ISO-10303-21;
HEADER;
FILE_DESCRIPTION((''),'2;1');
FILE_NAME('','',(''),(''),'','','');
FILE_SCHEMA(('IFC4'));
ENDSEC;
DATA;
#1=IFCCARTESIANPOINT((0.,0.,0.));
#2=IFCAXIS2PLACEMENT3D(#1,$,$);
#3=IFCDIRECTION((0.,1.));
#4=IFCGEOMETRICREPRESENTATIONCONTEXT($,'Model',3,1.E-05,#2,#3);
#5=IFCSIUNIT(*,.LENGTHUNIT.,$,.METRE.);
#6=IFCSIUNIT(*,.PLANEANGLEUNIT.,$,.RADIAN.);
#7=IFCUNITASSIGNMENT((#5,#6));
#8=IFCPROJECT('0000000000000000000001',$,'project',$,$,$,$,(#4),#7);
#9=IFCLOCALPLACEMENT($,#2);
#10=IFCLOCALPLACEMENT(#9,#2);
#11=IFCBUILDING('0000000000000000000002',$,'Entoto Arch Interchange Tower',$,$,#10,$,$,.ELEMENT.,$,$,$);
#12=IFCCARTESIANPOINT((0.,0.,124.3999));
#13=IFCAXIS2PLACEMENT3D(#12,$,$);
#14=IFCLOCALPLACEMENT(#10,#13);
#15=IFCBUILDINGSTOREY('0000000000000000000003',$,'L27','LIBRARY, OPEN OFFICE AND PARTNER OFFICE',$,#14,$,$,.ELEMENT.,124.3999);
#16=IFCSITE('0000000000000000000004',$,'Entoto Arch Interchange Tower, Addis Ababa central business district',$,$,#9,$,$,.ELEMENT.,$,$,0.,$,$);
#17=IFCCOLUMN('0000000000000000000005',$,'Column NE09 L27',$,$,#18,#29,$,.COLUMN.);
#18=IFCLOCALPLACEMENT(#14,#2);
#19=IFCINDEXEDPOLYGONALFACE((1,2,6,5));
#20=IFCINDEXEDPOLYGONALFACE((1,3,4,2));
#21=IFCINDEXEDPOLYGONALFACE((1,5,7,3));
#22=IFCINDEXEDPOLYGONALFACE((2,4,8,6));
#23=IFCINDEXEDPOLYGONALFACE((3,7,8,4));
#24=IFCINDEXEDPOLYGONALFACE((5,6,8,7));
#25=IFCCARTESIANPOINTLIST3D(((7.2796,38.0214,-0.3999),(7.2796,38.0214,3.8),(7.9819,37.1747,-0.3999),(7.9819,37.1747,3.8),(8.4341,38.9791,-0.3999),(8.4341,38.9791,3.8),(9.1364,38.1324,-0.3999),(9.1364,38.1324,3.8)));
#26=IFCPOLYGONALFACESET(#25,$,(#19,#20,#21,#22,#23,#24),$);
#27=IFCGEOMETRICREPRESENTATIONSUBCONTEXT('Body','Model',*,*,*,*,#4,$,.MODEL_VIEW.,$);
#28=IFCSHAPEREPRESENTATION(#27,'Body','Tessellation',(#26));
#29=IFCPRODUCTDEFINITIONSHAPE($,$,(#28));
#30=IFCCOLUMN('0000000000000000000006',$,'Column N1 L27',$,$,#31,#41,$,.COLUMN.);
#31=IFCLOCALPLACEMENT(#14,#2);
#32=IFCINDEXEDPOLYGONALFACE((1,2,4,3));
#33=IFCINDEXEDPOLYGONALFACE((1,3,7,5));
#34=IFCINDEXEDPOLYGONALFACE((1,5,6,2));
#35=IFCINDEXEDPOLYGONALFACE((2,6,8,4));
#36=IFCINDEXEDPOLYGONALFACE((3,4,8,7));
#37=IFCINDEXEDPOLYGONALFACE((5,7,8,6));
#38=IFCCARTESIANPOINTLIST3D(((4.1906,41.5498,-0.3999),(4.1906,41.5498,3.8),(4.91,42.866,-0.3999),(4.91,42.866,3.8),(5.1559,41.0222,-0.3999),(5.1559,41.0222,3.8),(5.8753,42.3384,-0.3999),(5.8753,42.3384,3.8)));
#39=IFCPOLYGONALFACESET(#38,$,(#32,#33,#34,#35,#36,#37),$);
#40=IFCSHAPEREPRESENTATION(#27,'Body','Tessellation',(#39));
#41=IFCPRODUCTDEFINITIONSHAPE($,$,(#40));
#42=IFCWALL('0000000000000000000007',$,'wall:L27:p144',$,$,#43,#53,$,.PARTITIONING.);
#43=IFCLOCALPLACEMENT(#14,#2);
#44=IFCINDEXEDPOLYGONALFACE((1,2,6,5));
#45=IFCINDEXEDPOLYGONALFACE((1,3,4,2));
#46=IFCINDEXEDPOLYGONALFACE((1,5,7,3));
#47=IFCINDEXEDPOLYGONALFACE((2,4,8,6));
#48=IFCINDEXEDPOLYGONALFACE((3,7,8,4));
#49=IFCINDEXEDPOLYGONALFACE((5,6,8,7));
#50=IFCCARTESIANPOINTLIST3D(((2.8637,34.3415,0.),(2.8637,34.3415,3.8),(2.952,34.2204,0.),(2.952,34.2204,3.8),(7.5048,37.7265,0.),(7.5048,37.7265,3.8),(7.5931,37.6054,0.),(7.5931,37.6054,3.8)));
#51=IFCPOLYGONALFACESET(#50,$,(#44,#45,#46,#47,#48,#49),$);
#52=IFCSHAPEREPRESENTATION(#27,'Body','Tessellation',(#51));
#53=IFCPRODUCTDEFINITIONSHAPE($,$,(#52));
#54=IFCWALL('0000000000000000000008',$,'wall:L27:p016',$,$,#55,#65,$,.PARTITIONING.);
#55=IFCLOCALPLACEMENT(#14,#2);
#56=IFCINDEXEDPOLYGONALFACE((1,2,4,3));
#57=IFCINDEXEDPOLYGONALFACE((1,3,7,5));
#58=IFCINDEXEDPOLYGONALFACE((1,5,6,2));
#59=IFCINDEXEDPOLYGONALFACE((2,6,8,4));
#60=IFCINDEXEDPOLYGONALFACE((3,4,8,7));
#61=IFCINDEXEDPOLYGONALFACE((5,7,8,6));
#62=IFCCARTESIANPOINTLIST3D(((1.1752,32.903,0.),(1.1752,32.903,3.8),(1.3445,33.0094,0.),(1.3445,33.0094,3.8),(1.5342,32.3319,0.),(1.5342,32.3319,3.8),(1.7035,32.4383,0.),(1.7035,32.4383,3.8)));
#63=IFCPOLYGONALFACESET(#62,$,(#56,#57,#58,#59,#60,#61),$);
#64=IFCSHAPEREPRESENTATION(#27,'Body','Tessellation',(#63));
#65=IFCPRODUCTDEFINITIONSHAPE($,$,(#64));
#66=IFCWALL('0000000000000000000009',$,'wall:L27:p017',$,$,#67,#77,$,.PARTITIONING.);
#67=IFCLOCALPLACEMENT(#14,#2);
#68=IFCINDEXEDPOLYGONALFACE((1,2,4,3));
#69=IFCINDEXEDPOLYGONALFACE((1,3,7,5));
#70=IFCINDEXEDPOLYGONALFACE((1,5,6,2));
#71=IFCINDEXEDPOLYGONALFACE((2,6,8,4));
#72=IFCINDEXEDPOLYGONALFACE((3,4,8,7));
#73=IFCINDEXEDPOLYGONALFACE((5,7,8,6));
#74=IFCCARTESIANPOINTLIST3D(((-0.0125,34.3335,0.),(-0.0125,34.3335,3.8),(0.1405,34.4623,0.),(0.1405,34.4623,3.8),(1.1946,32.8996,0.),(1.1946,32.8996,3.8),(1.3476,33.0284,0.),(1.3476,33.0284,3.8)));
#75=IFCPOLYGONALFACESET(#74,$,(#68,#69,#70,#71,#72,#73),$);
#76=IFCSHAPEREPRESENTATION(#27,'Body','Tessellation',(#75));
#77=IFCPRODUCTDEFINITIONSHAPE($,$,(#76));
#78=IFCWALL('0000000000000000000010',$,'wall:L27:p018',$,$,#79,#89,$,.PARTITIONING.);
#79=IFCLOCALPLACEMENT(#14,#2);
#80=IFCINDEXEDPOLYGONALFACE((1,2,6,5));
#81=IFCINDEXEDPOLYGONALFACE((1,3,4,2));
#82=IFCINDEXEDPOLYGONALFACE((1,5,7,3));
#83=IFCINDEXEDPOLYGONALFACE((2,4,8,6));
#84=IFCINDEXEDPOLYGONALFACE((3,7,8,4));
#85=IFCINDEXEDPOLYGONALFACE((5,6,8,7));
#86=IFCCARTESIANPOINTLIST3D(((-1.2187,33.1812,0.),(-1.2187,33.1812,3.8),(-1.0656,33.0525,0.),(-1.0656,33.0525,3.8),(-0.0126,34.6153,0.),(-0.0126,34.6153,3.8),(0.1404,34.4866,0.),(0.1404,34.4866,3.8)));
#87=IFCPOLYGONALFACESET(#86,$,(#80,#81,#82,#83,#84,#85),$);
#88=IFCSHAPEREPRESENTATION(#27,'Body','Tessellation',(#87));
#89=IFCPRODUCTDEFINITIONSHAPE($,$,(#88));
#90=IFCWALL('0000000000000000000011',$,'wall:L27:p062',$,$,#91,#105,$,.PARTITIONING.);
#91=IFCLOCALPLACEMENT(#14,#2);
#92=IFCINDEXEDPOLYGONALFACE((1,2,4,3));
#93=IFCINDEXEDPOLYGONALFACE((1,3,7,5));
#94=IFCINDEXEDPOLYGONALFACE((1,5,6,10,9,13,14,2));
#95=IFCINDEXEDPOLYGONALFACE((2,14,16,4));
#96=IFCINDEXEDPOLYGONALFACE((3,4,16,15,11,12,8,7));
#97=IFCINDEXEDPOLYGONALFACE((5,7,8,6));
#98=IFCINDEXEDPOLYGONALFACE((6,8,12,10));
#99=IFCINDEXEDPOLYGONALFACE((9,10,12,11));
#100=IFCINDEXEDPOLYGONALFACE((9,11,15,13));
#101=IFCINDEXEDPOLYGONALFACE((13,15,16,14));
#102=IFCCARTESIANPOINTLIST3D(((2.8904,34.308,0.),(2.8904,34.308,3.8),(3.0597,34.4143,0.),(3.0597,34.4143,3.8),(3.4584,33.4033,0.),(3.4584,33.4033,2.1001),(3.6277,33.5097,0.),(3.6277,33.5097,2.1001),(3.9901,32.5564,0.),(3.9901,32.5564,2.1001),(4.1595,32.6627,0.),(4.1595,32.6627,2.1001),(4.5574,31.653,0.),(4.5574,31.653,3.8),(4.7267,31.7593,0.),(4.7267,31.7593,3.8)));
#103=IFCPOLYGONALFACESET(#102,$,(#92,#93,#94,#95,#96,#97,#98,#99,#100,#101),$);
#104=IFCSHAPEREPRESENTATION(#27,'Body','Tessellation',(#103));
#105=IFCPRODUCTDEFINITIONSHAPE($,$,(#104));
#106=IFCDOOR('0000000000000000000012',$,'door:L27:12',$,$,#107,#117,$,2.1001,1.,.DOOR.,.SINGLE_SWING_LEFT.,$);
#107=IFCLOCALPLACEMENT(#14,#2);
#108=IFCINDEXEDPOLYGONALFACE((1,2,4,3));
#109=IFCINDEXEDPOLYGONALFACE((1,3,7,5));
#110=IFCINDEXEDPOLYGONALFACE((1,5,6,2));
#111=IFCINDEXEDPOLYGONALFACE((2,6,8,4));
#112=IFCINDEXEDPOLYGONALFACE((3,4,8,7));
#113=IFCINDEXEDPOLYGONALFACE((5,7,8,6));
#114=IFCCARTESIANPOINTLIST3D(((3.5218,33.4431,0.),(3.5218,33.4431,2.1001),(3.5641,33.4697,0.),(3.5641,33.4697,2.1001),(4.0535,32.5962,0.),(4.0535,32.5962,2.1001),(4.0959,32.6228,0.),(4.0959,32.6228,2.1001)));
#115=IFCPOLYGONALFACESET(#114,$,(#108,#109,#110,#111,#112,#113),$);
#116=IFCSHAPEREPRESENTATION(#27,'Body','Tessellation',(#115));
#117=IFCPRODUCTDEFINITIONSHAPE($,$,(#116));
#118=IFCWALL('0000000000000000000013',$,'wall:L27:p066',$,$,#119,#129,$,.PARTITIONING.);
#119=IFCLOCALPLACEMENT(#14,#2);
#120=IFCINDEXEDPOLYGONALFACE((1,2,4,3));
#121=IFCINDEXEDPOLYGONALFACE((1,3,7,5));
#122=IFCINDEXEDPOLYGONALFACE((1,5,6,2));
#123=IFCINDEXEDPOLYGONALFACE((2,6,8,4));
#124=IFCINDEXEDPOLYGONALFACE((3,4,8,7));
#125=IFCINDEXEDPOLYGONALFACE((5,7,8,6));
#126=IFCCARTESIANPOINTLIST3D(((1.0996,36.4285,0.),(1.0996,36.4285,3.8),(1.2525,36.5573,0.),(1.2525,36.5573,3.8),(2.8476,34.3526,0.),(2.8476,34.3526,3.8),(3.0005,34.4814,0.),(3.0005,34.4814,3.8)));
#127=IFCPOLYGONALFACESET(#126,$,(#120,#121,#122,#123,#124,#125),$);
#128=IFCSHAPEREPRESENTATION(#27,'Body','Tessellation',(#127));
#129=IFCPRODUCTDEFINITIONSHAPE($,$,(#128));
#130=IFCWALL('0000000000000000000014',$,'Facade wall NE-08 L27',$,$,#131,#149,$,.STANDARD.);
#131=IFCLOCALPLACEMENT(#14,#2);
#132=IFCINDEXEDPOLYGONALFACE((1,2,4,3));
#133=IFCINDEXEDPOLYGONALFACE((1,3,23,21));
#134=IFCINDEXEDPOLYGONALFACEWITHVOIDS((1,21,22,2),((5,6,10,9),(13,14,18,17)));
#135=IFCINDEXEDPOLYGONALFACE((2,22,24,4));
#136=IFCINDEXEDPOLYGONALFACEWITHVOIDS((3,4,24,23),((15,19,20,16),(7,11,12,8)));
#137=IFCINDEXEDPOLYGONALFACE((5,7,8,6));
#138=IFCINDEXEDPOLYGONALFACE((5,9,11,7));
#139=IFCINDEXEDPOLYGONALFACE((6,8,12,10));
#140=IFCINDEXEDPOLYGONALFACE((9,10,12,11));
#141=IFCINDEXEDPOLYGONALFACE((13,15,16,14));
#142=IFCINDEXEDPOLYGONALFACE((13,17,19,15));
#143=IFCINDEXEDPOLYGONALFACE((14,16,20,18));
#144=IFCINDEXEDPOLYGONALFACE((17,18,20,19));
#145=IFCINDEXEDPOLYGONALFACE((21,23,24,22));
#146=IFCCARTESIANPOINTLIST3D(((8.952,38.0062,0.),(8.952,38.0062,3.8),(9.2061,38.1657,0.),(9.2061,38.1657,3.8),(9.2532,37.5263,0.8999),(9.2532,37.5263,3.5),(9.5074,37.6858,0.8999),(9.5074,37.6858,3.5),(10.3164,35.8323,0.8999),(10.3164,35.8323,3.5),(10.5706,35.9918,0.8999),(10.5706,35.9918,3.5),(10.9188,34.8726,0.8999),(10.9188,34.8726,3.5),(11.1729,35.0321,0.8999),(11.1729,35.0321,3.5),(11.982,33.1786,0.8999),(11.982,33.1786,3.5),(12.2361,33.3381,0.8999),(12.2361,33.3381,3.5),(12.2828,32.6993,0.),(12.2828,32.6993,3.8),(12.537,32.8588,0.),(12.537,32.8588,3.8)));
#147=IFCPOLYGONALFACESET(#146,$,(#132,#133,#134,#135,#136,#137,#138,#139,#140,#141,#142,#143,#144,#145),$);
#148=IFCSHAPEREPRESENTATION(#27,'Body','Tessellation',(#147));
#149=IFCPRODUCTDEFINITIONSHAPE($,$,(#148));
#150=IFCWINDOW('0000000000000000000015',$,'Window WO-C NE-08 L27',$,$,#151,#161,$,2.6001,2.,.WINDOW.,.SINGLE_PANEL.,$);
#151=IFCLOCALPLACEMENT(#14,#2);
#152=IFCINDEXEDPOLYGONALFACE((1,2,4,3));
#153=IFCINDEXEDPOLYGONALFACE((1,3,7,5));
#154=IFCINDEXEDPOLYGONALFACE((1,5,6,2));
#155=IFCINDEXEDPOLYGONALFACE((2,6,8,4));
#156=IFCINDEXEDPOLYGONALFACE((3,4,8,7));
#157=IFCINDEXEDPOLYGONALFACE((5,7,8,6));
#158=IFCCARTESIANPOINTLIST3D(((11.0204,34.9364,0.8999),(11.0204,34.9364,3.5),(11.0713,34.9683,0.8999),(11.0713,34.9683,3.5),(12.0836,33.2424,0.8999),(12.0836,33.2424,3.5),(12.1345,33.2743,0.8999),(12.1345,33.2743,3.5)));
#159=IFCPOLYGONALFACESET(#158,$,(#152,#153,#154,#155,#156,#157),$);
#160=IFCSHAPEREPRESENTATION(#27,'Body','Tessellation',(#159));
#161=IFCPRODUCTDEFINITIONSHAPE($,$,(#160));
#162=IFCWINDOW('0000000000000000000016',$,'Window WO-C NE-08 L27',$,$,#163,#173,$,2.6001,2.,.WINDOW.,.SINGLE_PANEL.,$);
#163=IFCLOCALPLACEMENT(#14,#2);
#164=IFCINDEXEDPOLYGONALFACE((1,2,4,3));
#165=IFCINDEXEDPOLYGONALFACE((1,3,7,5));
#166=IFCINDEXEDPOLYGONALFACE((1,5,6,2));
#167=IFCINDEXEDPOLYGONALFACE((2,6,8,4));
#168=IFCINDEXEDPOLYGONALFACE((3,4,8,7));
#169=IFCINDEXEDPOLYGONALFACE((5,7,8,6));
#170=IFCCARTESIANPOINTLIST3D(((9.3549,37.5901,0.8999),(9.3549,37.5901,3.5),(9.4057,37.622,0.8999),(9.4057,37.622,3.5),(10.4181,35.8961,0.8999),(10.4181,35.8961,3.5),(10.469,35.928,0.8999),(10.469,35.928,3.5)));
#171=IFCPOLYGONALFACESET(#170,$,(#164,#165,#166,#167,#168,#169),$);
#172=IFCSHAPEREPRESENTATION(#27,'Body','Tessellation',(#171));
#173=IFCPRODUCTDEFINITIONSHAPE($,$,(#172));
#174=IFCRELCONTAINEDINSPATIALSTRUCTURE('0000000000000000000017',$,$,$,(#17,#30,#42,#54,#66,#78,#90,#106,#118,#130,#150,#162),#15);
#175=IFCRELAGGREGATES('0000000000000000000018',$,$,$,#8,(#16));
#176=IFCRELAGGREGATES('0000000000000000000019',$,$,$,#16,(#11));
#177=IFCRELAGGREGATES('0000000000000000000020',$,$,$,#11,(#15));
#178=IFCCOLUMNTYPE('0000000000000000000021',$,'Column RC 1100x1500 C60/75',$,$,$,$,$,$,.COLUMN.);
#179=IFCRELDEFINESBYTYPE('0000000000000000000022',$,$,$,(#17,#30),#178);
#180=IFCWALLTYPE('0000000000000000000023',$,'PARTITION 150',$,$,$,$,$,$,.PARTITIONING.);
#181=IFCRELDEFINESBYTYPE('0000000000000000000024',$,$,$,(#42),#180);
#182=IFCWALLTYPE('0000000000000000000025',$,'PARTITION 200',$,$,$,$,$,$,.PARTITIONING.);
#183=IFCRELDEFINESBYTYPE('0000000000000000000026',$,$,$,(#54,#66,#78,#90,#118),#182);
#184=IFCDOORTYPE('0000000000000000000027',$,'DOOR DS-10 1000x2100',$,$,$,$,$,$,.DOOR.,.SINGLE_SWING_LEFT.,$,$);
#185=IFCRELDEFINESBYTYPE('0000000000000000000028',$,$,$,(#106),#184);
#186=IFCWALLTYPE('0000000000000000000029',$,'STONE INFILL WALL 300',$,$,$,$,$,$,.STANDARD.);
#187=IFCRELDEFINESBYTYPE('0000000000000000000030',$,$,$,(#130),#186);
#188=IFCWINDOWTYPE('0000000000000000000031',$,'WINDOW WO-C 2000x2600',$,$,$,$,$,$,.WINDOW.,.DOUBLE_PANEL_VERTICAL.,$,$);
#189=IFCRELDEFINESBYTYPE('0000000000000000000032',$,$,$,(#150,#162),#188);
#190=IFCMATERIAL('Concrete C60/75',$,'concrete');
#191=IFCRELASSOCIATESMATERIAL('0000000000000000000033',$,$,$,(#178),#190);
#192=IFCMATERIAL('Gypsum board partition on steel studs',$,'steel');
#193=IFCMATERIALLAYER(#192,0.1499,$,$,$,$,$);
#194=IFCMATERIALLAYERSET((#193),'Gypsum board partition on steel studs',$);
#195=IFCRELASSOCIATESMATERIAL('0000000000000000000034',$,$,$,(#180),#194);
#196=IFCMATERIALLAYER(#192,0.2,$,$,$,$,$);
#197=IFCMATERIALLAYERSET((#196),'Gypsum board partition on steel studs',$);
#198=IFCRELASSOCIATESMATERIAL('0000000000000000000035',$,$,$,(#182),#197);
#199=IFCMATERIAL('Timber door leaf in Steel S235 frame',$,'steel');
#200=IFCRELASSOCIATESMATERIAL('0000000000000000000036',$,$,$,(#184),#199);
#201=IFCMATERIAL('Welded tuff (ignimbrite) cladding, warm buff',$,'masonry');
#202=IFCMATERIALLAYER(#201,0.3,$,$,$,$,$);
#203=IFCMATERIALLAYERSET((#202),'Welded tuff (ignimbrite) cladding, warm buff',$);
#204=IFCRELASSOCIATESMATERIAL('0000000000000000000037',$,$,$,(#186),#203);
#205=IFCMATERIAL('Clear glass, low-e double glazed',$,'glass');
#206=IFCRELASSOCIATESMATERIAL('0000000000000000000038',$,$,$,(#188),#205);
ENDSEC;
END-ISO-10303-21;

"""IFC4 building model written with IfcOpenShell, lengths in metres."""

from ifc_helpers import new_model, si_unit, direction, frame, frame_2d, origin, origin_2d, place, context, subcontext, project, spatial, rectangle, extrude, material, layer, layer_set, material_profile, profile_set, type_object, element, fill, save


model = new_model("IFC4")

# Units and contexts
model_context = context("Model", 3, precision=1e-05, world=origin(), true_north=direction((0.0, 1.0)))
body_context = subcontext(model_context, "Body", "Model", "MODEL_VIEW")
ifc_project = project(units=[si_unit("LENGTHUNIT", "METRE"), si_unit("PLANEANGLEUNIT", "RADIAN")], contexts=[model_context])

# Site, building, storey
site_placement = place(None, origin())
site = spatial("IfcSite", under=ifc_project, at=site_placement, Name="Entoto Arch Interchange Tower, Addis Ababa central business district", CompositionType="ELEMENT", RefElevation=0.0)
building_placement = place(site_placement, origin())
building = spatial("IfcBuilding", under=site, at=building_placement, Name="Entoto Arch Interchange Tower", CompositionType="ELEMENT")
storey_placement = place(building_placement, frame((0.0, 0.0, 124.3999)))
storey = spatial("IfcBuildingStorey", under=building, at=storey_placement, Name="L27", Description="LIBRARY, OPEN OFFICE AND PARTNER OFFICE", CompositionType="ELEMENT", Elevation=124.3999)

# Columns
ifc_material_1 = material(Name="Concrete C60/75", Category="concrete")
ifc_material_profile = material_profile(ifc_material_1, rectangle(XDim=1.1001, YDim=1.5, at=origin_2d()))
ifc_profile_set = profile_set([ifc_material_profile], Name="Concrete C60/75")
column_type = type_object("IfcColumnType", Name="Column RC 1100x1500 C60/75", PredefinedType="COLUMN", material=ifc_profile_set)
for number, where, z_axis, x_axis, name in (
    (1, (8.208, 38.0769, -0.3999), (0.0, 0.0, 1.0), (-0.638459, 0.769656, 0.0), "Column NE09 L27"),
    (2, (5.033, 41.9441, -0.3999), (0.0, 0.0, 1.0), (-0.877481, 0.479611, 0.0), "Column N1 L27"),
):
    element("IfcColumn", number, at=place(storey_placement, frame(where, z_axis=z_axis, x_axis=x_axis)), inside=storey, type_object=column_type, Name=name, PredefinedType="COLUMN", context=body_context, shape_type="SweptSolid", body=[
        extrude(rectangle(XDim=1.1001, YDim=1.5, at=origin_2d()), origin(), (0.0, 0.0, 1.0), 4.2),
    ])

# Walls
ifc_material_2 = material(Name="Gypsum board partition on steel studs", Category="steel")
ifc_layer_1 = layer(ifc_material_2, 0.1499)
ifc_layer_set_1 = layer_set([ifc_layer_1], Name="Gypsum board partition on steel studs")
wall_type_1 = type_object("IfcWallType", Name="PARTITION 150", PredefinedType="PARTITIONING", material=ifc_layer_set_1)
wall_1_placement = place(storey_placement, frame((2.908, 34.281, 0.0), z_axis=(0.0, 0.0, 1.0), x_axis=(0.807936, 0.58927, 0.0)))
element("IfcWall", 3, at=wall_1_placement, inside=storey, type_object=wall_type_1, Name="wall:L27:p144", PredefinedType="PARTITIONING", context=body_context, shape_type="SweptSolid", body=[
    extrude(rectangle(XDim=5.7444, YDim=0.1499, at=frame_2d((2.8721, 0.0))), origin(), (0.0, 0.0, 1.0), 3.8),
])
ifc_layer_2 = layer(ifc_material_2, 0.2)
ifc_layer_set_2 = layer_set([ifc_layer_2], Name="Gypsum board partition on steel studs")
wall_type_2 = type_object("IfcWallType", Name="PARTITION 200", PredefinedType="PARTITIONING", material=ifc_layer_set_2)
wall_2_placement = place(storey_placement, frame((1.6189, 32.385, 0.0), z_axis=(0.0, 0.0, 1.0), x_axis=(-0.532112, 0.846674, 0.0)))
element("IfcWall", 4, at=wall_2_placement, inside=storey, type_object=wall_type_2, Name="wall:L27:p016", PredefinedType="PARTITIONING", context=body_context, shape_type="SweptSolid", body=[
    extrude(rectangle(XDim=0.6746, YDim=0.2, at=frame_2d((0.3374, 0.0))), origin(), (0.0, 0.0, 1.0), 3.8),
])
wall_3_placement = place(storey_placement, frame((1.271, 32.9641, 0.0), z_axis=(0.0, 0.0, 1.0), x_axis=(-0.644007, 0.765019, 0.0)))
element("IfcWall", 5, at=wall_3_placement, inside=storey, type_object=wall_type_2, Name="wall:L27:p017", PredefinedType="PARTITIONING", context=body_context, shape_type="SweptSolid", body=[
    extrude(rectangle(XDim=1.8743, YDim=0.2, at=frame_2d((0.937, 0.0))), origin(), (0.0, 0.0, 1.0), 3.8),
])
wall_4_placement = place(storey_placement, frame((0.064, 34.551, 0.0), z_axis=(0.0, 0.0, 1.0), x_axis=(-0.643638, -0.76533, 0.0)))
element("IfcWall", 6, at=wall_4_placement, inside=storey, type_object=wall_type_2, Name="wall:L27:p018", PredefinedType="PARTITIONING", context=body_context, shape_type="SweptSolid", body=[
    extrude(rectangle(XDim=1.8738, YDim=0.2, at=frame_2d((0.937, 0.0))), origin(), (0.0, 0.0, 1.0), 3.8),
])

# Wall, opening, door
wall_5_placement = place(storey_placement, frame((2.9751, 34.3611, 0.0), z_axis=(0.0, 0.0, 1.0), x_axis=(0.531741, -0.846907, 0.0)))
wall_5 = element("IfcWall", 7, at=wall_5_placement, inside=storey, type_object=wall_type_2, Name="wall:L27:p062", PredefinedType="PARTITIONING", context=body_context, shape_type="SweptSolid", body=[
    extrude(rectangle(XDim=3.135, YDim=0.2, at=frame_2d((1.5674, 0.0))), origin(), (0.0, 0.0, 1.0), 3.8),
])
opening_1_placement = place(wall_5_placement, frame((1.0681, 0.0, 0.0)))
opening_1 = element("IfcOpeningElement", 8, at=opening_1_placement, cuts=wall_5, PredefinedType="OPENING", context=body_context, shape_type="SweptSolid", body=[
    extrude(rectangle(XDim=1.0, YDim=2.1001, at=frame_2d((0.5, 1.05))), frame((0.0, 0.1099, 0.0), z_axis=(0.0, -1.0, 0.0), x_axis=(1.0, 0.0, 0.0)), (0.0, 0.0, 1.0), 0.22),
])
ifc_material_3 = material(Name="Timber door leaf in Steel S235 frame", Category="steel")
door_type = type_object("IfcDoorType", Name="DOOR DS-10 1000x2100", OperationType="SINGLE_SWING_LEFT", PredefinedType="DOOR", material=ifc_material_3)
door_placement = place(opening_1_placement, origin())
door = element("IfcDoor", 9, at=door_placement, inside=storey, type_object=door_type, Name="door:L27:12", OperationType="SINGLE_SWING_LEFT", OverallHeight=2.1001, OverallWidth=1.0, PredefinedType="DOOR", context=body_context, shape_type="SweptSolid", body=[
    extrude(rectangle(XDim=1.0, YDim=2.1001, at=frame_2d((0.5, 1.05))), frame((0.0, 0.0249, 0.0), z_axis=(0.0, -1.0, 0.0), x_axis=(1.0, 0.0, 0.0)), (0.0, 0.0, 1.0), 0.05),
])
fill(opening_1, door)

# Wall
wall_6_placement = place(storey_placement, frame((1.176, 36.4929, 0.0), z_axis=(0.0, 0.0, 1.0), x_axis=(0.644114, -0.76493, 0.0)))
element("IfcWall", 10, at=wall_6_placement, inside=storey, type_object=wall_type_2, Name="wall:L27:p066", PredefinedType="PARTITIONING", context=body_context, shape_type="SweptSolid", body=[
    extrude(rectangle(XDim=2.7139, YDim=0.2, at=frame_2d((1.3569, 0.0))), origin(), (0.0, 0.0, 1.0), 3.8),
])

# Wall, openings, windows
ifc_material_4 = material(Name="Welded tuff (ignimbrite) cladding, warm buff", Category="masonry")
ifc_layer_3 = layer(ifc_material_4, 0.3)
ifc_layer_set_3 = layer_set([ifc_layer_3], Name="Welded tuff (ignimbrite) cladding, warm buff")
wall_type_3 = type_object("IfcWallType", Name="STONE INFILL WALL 300", PredefinedType="STANDARD", material=ifc_layer_set_3)
wall_7_placement = place(storey_placement, frame((12.4099, 32.7791, 0.0), z_axis=(0.0, 0.0, 1.0), x_axis=(-0.531606, 0.846992, 0.0)))
wall_7 = element("IfcWall", 11, at=wall_7_placement, inside=storey, type_object=wall_type_3, Name="Facade wall NE-08 L27", PredefinedType="STANDARD", context=body_context, shape_type="SweptSolid", body=[
    extrude(rectangle(XDim=6.2656, YDim=0.3, at=frame_2d((3.1328, 0.0))), origin(), (0.0, 0.0, 1.0), 3.8),
])
opening_2_placement = place(wall_7_placement, frame((0.5659, 0.0, 0.8999)))
opening_2 = element("IfcOpeningElement", 12, at=opening_2_placement, cuts=wall_7, PredefinedType="OPENING", context=body_context, shape_type="SweptSolid", body=[
    extrude(rectangle(XDim=2.0, YDim=2.6001, at=frame_2d((1.0, 1.3))), frame((0.0, 0.1602, 0.0), z_axis=(0.0, -1.0, 0.0), x_axis=(1.0, 0.0, 0.0)), (0.0, 0.0, 1.0), 0.3201),
])
opening_3_placement = place(wall_7_placement, frame((3.699, 0.0, 0.8999)))
opening_3 = element("IfcOpeningElement", 13, at=opening_3_placement, cuts=wall_7, PredefinedType="OPENING", context=body_context, shape_type="SweptSolid", body=[
    extrude(rectangle(XDim=2.0, YDim=2.6001, at=frame_2d((1.0, 1.3))), frame((0.0, 0.1602, 0.0), z_axis=(0.0, -1.0, 0.0), x_axis=(1.0, 0.0, 0.0)), (0.0, 0.0, 1.0), 0.3201),
])
ifc_material_5 = material(Name="Clear glass, low-e double glazed", Category="glass")
window_type_1 = type_object("IfcWindowType", Name="WINDOW WO-C 2000x2600", PartitioningType="DOUBLE_PANEL_VERTICAL", PredefinedType="WINDOW", material=ifc_material_5)
window_1_placement = place(opening_2_placement, origin())
window_1 = element("IfcWindow", 14, at=window_1_placement, inside=storey, type_object=window_type_1, Name="Window WO-C NE-08 L27", OverallHeight=2.6001, OverallWidth=2.0, PartitioningType="SINGLE_PANEL", PredefinedType="WINDOW", context=body_context, shape_type="SweptSolid", body=[
    extrude(rectangle(XDim=2.0, YDim=2.6001, at=frame_2d((1.0, 1.3))), frame((0.0, 0.03, 0.0), z_axis=(0.0, -1.0, 0.0), x_axis=(1.0, 0.0, 0.0)), (0.0, 0.0, 1.0), 0.0601),
])
fill(opening_2, window_1)
window_2_placement = place(opening_3_placement, origin())
window_2 = element("IfcWindow", 15, at=window_2_placement, inside=storey, type_object=window_type_1, Name="Window WO-C NE-08 L27", OverallHeight=2.6001, OverallWidth=2.0, PartitioningType="SINGLE_PANEL", PredefinedType="WINDOW", context=body_context, shape_type="SweptSolid", body=[
    extrude(rectangle(XDim=2.0, YDim=2.6001, at=frame_2d((1.0, 1.3))), frame((0.0, 0.03, 0.0), z_axis=(0.0, -1.0, 0.0), x_axis=(1.0, 0.0, 0.0)), (0.0, 0.0, 1.0), 0.0601),
])
fill(opening_3, window_2)

save(model, "model.ifc")
